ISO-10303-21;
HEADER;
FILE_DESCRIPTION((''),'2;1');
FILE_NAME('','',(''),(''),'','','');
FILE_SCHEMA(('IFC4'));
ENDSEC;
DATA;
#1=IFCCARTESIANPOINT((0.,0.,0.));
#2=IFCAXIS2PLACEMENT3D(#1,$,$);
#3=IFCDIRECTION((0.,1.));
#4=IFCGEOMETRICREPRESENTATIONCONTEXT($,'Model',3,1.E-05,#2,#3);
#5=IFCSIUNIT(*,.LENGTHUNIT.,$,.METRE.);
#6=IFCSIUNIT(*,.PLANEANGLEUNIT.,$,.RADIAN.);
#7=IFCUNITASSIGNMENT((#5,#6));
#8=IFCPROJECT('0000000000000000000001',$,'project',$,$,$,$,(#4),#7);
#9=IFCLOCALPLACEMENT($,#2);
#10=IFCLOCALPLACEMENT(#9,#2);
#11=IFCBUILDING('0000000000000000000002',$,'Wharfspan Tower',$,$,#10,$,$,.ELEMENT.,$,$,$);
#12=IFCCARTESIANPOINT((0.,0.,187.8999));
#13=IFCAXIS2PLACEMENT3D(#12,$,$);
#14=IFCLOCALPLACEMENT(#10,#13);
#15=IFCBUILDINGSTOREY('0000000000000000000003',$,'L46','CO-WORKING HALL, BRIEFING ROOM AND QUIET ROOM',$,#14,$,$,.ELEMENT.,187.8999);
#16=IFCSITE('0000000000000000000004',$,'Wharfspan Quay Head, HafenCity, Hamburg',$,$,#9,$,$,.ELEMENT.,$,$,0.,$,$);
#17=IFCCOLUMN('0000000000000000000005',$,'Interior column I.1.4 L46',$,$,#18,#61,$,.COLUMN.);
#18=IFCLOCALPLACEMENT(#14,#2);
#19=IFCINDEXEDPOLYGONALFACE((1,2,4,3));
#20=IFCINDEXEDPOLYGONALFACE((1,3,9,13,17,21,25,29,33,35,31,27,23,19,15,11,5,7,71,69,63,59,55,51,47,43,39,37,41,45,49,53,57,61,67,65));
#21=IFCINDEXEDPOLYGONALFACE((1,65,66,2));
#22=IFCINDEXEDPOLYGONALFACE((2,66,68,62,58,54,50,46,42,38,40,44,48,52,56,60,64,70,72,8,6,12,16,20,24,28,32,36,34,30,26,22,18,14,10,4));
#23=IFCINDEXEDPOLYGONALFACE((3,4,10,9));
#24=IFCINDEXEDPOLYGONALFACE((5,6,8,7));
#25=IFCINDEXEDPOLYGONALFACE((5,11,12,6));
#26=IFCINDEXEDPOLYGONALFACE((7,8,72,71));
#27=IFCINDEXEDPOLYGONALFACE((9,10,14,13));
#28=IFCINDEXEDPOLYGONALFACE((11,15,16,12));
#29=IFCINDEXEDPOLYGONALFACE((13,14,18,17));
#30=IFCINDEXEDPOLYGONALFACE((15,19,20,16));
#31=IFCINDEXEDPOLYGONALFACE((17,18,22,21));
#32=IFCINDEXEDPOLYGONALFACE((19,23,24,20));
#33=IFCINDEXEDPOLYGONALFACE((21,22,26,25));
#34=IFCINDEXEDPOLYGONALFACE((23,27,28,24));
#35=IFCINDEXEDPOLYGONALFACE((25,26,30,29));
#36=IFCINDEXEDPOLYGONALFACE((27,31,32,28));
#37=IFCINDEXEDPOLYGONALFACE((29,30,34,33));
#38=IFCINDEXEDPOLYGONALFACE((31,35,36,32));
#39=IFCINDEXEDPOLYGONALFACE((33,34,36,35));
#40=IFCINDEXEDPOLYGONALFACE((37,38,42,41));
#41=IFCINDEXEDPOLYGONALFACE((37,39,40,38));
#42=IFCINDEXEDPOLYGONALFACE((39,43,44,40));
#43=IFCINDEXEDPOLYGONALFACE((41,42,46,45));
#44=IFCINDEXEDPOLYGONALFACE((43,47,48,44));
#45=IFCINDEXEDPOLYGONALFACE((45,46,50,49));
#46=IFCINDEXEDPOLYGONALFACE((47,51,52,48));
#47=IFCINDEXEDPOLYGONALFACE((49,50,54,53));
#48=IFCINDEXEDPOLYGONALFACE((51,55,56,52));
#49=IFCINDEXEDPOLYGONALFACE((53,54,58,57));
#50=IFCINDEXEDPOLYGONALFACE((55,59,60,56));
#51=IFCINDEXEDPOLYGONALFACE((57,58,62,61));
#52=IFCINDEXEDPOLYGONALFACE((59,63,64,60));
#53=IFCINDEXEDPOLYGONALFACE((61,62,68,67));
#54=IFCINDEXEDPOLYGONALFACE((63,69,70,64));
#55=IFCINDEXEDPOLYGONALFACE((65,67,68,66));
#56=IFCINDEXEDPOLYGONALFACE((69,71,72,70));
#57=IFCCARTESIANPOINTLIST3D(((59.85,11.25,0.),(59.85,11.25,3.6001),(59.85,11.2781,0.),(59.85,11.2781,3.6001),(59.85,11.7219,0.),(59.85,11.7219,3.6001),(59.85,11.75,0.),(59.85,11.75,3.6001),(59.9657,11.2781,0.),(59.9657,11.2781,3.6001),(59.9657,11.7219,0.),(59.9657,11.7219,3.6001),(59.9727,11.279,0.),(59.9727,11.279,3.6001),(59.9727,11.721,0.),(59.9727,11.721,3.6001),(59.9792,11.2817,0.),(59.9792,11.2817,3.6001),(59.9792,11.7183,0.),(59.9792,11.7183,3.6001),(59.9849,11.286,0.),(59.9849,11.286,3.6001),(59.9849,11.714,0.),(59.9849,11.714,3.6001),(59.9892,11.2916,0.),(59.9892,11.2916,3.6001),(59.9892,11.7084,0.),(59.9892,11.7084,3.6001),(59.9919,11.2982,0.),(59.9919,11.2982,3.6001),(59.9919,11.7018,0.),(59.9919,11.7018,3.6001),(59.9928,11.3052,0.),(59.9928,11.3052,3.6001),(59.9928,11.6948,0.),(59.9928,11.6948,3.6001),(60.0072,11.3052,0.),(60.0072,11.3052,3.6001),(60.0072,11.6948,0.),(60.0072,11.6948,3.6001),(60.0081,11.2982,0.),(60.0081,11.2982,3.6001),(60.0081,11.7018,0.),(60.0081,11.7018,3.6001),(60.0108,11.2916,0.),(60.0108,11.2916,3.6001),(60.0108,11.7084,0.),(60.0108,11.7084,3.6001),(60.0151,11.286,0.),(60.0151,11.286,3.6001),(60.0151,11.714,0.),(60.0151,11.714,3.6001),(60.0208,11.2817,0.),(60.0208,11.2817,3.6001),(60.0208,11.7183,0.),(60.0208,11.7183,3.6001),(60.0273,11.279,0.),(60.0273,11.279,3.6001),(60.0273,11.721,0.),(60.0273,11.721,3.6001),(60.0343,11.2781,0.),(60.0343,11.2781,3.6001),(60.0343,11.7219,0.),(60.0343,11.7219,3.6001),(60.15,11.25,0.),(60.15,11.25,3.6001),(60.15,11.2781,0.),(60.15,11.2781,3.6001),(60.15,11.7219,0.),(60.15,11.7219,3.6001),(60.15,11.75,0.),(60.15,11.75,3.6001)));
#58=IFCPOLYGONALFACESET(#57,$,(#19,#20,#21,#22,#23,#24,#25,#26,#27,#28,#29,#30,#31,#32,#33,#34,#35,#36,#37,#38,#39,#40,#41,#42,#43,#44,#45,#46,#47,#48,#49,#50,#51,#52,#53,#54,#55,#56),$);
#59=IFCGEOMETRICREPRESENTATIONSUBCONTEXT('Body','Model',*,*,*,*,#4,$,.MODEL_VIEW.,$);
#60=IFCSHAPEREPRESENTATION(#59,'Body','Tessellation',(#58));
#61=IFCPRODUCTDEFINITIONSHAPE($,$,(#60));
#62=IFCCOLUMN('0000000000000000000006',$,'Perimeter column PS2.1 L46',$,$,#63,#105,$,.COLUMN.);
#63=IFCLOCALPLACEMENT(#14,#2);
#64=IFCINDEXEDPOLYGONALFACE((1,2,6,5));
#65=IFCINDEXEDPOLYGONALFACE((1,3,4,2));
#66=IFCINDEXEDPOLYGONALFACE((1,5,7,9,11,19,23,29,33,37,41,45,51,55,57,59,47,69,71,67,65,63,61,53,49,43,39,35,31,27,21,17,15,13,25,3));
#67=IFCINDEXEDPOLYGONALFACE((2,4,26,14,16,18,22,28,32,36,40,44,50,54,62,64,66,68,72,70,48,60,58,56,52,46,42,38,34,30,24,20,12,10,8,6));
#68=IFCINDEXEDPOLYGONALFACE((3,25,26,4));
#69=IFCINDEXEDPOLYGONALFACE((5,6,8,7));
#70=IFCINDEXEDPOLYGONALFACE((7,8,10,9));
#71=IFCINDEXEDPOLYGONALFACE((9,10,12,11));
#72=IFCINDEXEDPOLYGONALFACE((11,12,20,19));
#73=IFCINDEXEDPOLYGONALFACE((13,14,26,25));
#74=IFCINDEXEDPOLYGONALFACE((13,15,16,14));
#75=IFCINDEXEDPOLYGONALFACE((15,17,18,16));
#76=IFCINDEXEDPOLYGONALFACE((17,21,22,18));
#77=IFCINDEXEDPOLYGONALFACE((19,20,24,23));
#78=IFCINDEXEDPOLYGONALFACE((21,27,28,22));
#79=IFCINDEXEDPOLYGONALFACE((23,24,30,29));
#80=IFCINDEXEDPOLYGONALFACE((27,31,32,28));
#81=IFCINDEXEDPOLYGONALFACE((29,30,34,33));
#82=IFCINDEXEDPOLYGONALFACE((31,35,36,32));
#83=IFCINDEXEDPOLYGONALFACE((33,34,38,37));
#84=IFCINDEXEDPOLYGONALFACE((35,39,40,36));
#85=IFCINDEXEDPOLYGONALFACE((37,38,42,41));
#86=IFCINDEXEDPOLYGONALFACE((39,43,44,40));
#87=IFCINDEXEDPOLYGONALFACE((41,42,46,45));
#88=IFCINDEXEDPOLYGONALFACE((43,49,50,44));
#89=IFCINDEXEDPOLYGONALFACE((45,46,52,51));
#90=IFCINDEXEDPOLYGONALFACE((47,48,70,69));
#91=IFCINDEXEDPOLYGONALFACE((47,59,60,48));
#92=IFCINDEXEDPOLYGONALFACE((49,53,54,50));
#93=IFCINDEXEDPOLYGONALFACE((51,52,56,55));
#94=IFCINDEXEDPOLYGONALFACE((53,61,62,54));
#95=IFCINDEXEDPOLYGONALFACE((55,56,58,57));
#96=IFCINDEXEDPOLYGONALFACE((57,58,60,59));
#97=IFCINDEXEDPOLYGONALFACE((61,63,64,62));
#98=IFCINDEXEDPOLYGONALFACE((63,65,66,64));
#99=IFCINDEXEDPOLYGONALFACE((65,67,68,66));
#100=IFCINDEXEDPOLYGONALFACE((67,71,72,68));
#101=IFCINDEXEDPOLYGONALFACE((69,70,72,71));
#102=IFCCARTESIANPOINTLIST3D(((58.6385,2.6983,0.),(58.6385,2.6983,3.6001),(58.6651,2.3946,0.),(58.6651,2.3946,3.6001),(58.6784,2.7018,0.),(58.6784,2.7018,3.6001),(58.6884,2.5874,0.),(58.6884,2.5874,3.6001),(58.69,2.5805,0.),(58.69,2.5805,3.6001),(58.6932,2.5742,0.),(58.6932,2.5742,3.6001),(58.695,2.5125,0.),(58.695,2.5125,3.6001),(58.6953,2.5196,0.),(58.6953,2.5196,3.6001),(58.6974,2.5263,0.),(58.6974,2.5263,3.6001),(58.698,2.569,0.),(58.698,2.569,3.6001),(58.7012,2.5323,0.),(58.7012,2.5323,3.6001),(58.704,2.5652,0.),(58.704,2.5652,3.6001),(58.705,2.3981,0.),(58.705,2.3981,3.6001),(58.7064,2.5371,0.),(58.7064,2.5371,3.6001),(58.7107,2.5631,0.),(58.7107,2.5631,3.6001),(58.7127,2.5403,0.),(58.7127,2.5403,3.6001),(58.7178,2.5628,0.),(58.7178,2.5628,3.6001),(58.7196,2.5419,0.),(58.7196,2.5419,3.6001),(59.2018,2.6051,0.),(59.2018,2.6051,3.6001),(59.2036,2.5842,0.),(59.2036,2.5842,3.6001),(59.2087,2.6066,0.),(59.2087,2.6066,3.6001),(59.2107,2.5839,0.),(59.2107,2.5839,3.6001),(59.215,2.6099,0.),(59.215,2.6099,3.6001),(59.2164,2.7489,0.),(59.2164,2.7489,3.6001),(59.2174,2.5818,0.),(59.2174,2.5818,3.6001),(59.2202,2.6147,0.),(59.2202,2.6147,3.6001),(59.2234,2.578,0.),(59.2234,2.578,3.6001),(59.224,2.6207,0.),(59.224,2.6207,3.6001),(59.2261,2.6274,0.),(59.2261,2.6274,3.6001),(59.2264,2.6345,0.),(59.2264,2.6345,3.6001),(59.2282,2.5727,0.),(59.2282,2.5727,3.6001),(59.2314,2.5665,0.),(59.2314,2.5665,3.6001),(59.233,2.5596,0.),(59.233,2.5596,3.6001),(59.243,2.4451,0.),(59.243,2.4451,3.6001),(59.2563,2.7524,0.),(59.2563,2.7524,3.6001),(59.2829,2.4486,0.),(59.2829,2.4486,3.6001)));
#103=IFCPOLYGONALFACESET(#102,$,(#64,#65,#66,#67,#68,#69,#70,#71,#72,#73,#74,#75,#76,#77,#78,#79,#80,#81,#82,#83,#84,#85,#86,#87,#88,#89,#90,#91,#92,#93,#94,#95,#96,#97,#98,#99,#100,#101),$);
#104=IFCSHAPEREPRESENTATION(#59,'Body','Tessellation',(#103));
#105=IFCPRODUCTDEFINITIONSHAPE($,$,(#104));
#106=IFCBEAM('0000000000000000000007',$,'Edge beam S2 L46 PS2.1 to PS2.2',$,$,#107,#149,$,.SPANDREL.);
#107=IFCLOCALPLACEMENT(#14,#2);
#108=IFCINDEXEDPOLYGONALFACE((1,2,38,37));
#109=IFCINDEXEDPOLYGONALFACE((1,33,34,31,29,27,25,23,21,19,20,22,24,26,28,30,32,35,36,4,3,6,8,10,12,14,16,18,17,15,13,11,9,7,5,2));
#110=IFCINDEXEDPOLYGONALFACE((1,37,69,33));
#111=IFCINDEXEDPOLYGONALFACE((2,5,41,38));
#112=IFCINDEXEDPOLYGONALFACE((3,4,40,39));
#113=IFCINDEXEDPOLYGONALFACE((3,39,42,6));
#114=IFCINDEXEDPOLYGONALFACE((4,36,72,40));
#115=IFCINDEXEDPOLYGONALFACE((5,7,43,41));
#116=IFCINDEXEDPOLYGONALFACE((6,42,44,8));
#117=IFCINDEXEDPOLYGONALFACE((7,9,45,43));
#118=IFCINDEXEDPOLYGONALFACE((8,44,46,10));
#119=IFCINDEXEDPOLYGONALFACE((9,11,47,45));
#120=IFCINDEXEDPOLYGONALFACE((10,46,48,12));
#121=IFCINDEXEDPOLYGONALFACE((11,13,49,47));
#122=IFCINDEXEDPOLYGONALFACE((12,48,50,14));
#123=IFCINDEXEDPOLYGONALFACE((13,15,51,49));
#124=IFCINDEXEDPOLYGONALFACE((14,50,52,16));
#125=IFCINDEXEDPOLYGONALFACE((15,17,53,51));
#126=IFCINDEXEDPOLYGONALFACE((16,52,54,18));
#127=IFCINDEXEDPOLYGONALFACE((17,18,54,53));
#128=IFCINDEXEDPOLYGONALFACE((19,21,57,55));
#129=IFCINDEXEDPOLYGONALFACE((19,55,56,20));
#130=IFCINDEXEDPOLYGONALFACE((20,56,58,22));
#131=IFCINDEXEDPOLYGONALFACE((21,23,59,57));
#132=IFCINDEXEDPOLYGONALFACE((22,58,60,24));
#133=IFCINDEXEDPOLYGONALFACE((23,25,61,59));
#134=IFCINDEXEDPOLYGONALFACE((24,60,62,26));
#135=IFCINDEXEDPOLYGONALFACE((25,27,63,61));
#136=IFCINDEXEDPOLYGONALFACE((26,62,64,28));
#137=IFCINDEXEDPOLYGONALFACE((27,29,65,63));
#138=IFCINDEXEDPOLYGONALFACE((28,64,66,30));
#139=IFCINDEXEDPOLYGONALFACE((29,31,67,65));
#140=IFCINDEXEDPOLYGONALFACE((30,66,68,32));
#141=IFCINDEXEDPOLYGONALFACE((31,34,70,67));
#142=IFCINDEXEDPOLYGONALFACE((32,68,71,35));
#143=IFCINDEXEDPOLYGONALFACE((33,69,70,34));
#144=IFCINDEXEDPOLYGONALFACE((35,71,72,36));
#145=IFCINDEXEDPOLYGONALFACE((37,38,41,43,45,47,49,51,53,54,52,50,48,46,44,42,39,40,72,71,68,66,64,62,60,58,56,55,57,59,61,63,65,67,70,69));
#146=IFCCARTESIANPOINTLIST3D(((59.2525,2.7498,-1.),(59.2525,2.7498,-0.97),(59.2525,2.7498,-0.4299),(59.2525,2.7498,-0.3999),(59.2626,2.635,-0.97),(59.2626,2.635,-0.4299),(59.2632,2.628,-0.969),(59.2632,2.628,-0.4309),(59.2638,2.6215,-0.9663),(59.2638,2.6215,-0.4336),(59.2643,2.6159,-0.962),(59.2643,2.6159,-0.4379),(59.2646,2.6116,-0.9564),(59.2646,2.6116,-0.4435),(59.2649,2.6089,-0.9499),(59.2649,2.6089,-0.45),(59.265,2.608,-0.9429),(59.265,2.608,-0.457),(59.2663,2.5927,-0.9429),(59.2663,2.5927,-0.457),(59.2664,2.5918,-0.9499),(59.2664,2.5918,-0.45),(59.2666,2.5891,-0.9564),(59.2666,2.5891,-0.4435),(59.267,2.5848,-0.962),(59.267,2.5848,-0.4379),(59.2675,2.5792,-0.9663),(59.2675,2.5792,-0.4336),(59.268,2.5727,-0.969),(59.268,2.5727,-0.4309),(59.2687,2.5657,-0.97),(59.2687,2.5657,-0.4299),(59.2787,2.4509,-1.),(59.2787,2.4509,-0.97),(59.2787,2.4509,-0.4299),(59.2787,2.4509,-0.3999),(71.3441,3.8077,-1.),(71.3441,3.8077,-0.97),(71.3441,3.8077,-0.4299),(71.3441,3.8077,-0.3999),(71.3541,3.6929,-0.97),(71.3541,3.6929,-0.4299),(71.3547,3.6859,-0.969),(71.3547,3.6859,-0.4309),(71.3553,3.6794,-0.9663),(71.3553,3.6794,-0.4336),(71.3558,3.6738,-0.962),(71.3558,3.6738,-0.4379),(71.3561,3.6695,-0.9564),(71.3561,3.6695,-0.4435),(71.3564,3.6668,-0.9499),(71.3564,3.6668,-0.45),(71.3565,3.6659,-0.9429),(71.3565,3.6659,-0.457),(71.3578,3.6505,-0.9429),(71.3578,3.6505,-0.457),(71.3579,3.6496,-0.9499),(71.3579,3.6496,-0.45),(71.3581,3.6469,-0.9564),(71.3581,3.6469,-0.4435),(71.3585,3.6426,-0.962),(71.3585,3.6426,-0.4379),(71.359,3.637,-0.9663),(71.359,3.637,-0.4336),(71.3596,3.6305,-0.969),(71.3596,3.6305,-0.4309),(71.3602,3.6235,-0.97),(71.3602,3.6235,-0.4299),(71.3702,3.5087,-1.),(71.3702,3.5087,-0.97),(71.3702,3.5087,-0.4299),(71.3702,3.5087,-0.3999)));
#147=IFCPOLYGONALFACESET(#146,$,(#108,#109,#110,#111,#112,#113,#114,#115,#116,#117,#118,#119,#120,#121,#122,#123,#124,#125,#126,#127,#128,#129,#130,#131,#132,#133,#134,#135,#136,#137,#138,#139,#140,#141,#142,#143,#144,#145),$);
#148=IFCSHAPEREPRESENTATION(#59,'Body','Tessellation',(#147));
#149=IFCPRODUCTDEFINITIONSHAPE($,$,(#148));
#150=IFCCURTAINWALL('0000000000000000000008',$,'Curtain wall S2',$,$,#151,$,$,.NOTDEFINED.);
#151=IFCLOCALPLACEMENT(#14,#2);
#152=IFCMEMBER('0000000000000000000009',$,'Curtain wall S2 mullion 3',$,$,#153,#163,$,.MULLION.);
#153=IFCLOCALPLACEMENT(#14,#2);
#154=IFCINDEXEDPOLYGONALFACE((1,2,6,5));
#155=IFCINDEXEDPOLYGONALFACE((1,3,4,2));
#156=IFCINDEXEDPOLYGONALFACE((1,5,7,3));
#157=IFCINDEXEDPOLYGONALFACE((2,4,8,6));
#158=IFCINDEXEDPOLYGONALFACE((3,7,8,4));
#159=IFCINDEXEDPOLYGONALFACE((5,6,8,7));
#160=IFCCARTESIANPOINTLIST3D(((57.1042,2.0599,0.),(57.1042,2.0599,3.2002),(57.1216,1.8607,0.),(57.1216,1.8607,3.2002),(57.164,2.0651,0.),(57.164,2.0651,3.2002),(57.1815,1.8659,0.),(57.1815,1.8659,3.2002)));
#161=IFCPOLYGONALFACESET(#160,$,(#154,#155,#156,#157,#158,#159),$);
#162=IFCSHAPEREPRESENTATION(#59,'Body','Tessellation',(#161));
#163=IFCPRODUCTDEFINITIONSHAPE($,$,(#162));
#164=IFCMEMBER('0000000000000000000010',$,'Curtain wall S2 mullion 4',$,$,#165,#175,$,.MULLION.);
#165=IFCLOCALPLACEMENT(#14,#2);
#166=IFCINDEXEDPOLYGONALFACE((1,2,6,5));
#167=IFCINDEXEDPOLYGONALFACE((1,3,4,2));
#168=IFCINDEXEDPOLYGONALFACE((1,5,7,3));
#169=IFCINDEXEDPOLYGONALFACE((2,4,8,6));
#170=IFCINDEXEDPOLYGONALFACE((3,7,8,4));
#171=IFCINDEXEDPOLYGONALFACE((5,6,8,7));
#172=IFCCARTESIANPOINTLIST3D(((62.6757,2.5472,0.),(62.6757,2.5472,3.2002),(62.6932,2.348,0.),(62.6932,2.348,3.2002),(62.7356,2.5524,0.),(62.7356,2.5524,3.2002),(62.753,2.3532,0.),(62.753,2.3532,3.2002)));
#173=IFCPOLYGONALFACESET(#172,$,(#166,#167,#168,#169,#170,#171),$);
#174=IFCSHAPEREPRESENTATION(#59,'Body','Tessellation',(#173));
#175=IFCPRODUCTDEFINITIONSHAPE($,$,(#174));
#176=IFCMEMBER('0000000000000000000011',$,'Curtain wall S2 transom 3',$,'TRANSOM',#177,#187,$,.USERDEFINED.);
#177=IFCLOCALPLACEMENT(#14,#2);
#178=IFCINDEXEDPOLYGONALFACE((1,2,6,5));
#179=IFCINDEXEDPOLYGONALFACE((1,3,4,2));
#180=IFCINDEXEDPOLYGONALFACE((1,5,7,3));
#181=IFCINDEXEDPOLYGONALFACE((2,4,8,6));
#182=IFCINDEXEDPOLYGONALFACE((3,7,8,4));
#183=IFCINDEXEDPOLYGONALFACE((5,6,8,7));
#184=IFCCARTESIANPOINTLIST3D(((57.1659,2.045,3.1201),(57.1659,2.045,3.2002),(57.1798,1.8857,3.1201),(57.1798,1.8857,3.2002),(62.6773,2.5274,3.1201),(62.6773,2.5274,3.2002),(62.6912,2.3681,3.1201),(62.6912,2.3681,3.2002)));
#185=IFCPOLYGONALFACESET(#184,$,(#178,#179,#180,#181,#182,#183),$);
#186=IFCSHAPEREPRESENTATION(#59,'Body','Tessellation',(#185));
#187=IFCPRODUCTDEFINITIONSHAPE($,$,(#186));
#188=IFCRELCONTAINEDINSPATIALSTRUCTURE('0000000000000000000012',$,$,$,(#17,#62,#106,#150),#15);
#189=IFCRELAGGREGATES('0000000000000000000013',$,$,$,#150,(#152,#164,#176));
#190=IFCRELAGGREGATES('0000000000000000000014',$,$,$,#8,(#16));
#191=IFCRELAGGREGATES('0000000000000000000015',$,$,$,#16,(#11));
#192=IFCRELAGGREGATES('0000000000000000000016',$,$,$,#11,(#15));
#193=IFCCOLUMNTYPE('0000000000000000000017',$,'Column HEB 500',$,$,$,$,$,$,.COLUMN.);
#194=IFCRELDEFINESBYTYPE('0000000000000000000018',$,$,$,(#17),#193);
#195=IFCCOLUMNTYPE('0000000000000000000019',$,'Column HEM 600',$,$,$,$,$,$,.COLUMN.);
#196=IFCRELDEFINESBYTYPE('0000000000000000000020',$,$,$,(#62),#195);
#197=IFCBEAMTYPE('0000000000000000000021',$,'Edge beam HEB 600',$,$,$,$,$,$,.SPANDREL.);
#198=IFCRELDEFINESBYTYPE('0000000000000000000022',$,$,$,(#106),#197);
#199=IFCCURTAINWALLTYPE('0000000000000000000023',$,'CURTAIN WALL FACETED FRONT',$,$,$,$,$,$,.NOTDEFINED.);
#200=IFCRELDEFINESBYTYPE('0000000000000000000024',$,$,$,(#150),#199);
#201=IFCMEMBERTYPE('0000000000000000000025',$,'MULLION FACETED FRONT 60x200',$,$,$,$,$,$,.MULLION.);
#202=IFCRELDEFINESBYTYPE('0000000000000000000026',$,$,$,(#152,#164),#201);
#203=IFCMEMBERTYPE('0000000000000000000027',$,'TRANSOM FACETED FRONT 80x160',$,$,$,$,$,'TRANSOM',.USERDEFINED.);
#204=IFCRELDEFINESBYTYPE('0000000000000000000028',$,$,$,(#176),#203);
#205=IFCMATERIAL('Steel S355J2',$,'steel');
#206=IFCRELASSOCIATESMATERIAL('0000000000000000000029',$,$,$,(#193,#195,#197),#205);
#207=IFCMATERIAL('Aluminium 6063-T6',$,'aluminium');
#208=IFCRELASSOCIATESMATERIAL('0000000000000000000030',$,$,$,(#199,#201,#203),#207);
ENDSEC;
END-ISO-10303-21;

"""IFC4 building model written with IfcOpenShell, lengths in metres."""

from ifc_helpers import new_model, si_unit, direction, frame, origin, origin_2d, place, context, subcontext, project, spatial, rectangle, i_section, extrude, material, material_profile, profile_set, type_object, element, aggregate, save


model = new_model("IFC4")

# Units and contexts
model_context = context("Model", 3, precision=1e-05, world=origin(), true_north=direction((0.0, 1.0)))
body_context = subcontext(model_context, "Body", "Model", "MODEL_VIEW")
ifc_project = project(units=[si_unit("LENGTHUNIT", "METRE"), si_unit("PLANEANGLEUNIT", "RADIAN")], contexts=[model_context])

# Site, building, storey
site_placement = place(None, origin())
site = spatial("IfcSite", under=ifc_project, at=site_placement, Name="Wharfspan Quay Head, HafenCity, Hamburg", CompositionType="ELEMENT", RefElevation=0.0)
building_placement = place(site_placement, origin())
building = spatial("IfcBuilding", under=site, at=building_placement, Name="Wharfspan Tower", CompositionType="ELEMENT")
storey_placement = place(building_placement, frame((0.0, 0.0, 187.8999)))
storey = spatial("IfcBuildingStorey", under=building, at=storey_placement, Name="L46", Description="CO-WORKING HALL, BRIEFING ROOM AND QUIET ROOM", CompositionType="ELEMENT", Elevation=187.8999)

# Columns
ifc_material_1 = material(Name="Steel S355J2", Category="steel")
ifc_material_profile_1 = material_profile(ifc_material_1, i_section(OverallWidth=0.3, OverallDepth=0.5, WebThickness=0.0144, FlangeThickness=0.0281, FilletRadius=0.0271, at=origin_2d()))
ifc_profile_set_1 = profile_set([ifc_material_profile_1], Name="Steel S355J2")
column_type_1 = type_object("IfcColumnType", Name="Column HEB 500", PredefinedType="COLUMN", material=ifc_profile_set_1)
column_1_placement = place(storey_placement, frame((60.0, 11.5, 0.0), z_axis=(0.0, 0.0, 1.0), x_axis=(1.0, 0.0, 0.0)))
element("IfcColumn", 1, at=column_1_placement, inside=storey, type_object=column_type_1, Name="Interior column I.1.4 L46", PredefinedType="COLUMN", context=body_context, shape_type="SweptSolid", body=[
    extrude(i_section(OverallWidth=0.3, OverallDepth=0.5, WebThickness=0.0144, FlangeThickness=0.0281, FilletRadius=0.0271, at=origin_2d()), origin(), (0.0, 0.0, 1.0), 3.6001),
])
ifc_material_profile_2 = material_profile(ifc_material_1, i_section(OverallWidth=0.3049, OverallDepth=0.6201, WebThickness=0.021, FlangeThickness=0.04, FilletRadius=0.0271, at=origin_2d()))
ifc_profile_set_2 = profile_set([ifc_material_profile_2], Name="Steel S355J2")
column_type_2 = type_object("IfcColumnType", Name="Column HEM 600", PredefinedType="COLUMN", material=ifc_profile_set_2)
column_2_placement = place(storey_placement, frame((58.9607, 2.5735, 0.0), z_axis=(0.0, 0.0, 1.0), x_axis=(0.087156, -0.996198, 0.0)))
element("IfcColumn", 2, at=column_2_placement, inside=storey, type_object=column_type_2, Name="Perimeter column PS2.1 L46", PredefinedType="COLUMN", context=body_context, shape_type="SweptSolid", body=[
    extrude(i_section(OverallWidth=0.3049, OverallDepth=0.6201, WebThickness=0.021, FlangeThickness=0.04, FilletRadius=0.0271, at=origin_2d()), origin(), (0.0, 0.0, 1.0), 3.6001),
])

# Beam
ifc_material_profile_3 = material_profile(ifc_material_1, i_section(OverallWidth=0.3, OverallDepth=0.6001, WebThickness=0.0154, FlangeThickness=0.03, FilletRadius=0.0271, at=origin_2d()))
ifc_profile_set_3 = profile_set([ifc_material_profile_3], Name="Steel S355J2")
beam_type = type_object("IfcBeamType", Name="Edge beam HEB 600", PredefinedType="SPANDREL", material=ifc_profile_set_3)
beam_placement = place(storey_placement, frame((59.2656, 2.6003, -0.7), z_axis=(0.996195, 0.087155, 0.0), x_axis=(-0.087155, 0.996195, 0.0)))
element("IfcBeam", 3, at=beam_placement, inside=storey, type_object=beam_type, Name="Edge beam S2 L46 PS2.1 to PS2.2", PredefinedType="SPANDREL", context=body_context, shape_type="SweptSolid", body=[
    extrude(i_section(OverallWidth=0.3, OverallDepth=0.6001, WebThickness=0.0154, FlangeThickness=0.03, FilletRadius=0.0271, at=origin_2d()), origin(), (0.0, 0.0, 1.0), 12.1377),
])

# Curtain wall, members
ifc_material_2 = material(Name="Aluminium 6063-T6", Category="aluminium")
curtain_wall_type = type_object("IfcCurtainWallType", Name="CURTAIN WALL FACETED FRONT", PredefinedType="NOTDEFINED", material=ifc_material_2)
curtain_wall_placement = place(storey_placement, origin())
curtain_wall = element("IfcCurtainWall", 4, at=curtain_wall_placement, inside=storey, type_object=curtain_wall_type, Name="Curtain wall S2", PredefinedType="NOTDEFINED")
ifc_material_profile_4 = material_profile(ifc_material_2, rectangle(XDim=0.2, YDim=0.0601, at=origin_2d()))
ifc_profile_set_4 = profile_set([ifc_material_profile_4], Name="Aluminium 6063-T6")
member_type_1 = type_object("IfcMemberType", Name="MULLION FACETED FRONT 60x200", PredefinedType="MULLION", material=ifc_profile_set_4)
member_1_placement = place(storey_placement, frame((57.1428, 1.9629, 0.0), z_axis=(0.0, 0.0, 1.0), x_axis=(-0.087156, 0.996198, 0.0)))
member_1 = element("IfcMember", 5, at=member_1_placement, type_object=member_type_1, Name="Curtain wall S2 mullion 3", PredefinedType="MULLION", context=body_context, shape_type="SweptSolid", body=[
    extrude(rectangle(XDim=0.2, YDim=0.0601, at=origin_2d()), origin(), (0.0, 0.0, 1.0), 3.2002),
])
member_2_placement = place(storey_placement, frame((62.7144, 2.4502, 0.0), z_axis=(0.0, 0.0, 1.0), x_axis=(-0.087156, 0.996198, 0.0)))
member_2 = element("IfcMember", 6, at=member_2_placement, type_object=member_type_1, Name="Curtain wall S2 mullion 4", PredefinedType="MULLION", context=body_context, shape_type="SweptSolid", body=[
    extrude(rectangle(XDim=0.2, YDim=0.0601, at=origin_2d()), origin(), (0.0, 0.0, 1.0), 3.2002),
])
ifc_material_profile_5 = material_profile(ifc_material_2, rectangle(XDim=0.1599, YDim=0.0801, at=origin_2d()))
ifc_profile_set_5 = profile_set([ifc_material_profile_5], Name="Aluminium 6063-T6")
member_type_2 = type_object("IfcMemberType", Name="TRANSOM FACETED FRONT 80x160", ElementType="TRANSOM", PredefinedType="USERDEFINED", material=ifc_profile_set_5)
member_3_placement = place(storey_placement, frame((57.1729, 1.9653, 3.1602), z_axis=(0.996191, 0.087197, 0.0), x_axis=(-0.087197, 0.996191, 0.0)))
member_3 = element("IfcMember", 7, at=member_3_placement, type_object=member_type_2, Name="Curtain wall S2 transom 3", ObjectType="TRANSOM", PredefinedType="USERDEFINED", context=body_context, shape_type="SweptSolid", body=[
    extrude(rectangle(XDim=0.1599, YDim=0.0801, at=origin_2d()), origin(), (0.0, 0.0, 1.0), 5.5325),
])
aggregate(curtain_wall, [member_1, member_2, member_3])

save(model, "model.ifc")
